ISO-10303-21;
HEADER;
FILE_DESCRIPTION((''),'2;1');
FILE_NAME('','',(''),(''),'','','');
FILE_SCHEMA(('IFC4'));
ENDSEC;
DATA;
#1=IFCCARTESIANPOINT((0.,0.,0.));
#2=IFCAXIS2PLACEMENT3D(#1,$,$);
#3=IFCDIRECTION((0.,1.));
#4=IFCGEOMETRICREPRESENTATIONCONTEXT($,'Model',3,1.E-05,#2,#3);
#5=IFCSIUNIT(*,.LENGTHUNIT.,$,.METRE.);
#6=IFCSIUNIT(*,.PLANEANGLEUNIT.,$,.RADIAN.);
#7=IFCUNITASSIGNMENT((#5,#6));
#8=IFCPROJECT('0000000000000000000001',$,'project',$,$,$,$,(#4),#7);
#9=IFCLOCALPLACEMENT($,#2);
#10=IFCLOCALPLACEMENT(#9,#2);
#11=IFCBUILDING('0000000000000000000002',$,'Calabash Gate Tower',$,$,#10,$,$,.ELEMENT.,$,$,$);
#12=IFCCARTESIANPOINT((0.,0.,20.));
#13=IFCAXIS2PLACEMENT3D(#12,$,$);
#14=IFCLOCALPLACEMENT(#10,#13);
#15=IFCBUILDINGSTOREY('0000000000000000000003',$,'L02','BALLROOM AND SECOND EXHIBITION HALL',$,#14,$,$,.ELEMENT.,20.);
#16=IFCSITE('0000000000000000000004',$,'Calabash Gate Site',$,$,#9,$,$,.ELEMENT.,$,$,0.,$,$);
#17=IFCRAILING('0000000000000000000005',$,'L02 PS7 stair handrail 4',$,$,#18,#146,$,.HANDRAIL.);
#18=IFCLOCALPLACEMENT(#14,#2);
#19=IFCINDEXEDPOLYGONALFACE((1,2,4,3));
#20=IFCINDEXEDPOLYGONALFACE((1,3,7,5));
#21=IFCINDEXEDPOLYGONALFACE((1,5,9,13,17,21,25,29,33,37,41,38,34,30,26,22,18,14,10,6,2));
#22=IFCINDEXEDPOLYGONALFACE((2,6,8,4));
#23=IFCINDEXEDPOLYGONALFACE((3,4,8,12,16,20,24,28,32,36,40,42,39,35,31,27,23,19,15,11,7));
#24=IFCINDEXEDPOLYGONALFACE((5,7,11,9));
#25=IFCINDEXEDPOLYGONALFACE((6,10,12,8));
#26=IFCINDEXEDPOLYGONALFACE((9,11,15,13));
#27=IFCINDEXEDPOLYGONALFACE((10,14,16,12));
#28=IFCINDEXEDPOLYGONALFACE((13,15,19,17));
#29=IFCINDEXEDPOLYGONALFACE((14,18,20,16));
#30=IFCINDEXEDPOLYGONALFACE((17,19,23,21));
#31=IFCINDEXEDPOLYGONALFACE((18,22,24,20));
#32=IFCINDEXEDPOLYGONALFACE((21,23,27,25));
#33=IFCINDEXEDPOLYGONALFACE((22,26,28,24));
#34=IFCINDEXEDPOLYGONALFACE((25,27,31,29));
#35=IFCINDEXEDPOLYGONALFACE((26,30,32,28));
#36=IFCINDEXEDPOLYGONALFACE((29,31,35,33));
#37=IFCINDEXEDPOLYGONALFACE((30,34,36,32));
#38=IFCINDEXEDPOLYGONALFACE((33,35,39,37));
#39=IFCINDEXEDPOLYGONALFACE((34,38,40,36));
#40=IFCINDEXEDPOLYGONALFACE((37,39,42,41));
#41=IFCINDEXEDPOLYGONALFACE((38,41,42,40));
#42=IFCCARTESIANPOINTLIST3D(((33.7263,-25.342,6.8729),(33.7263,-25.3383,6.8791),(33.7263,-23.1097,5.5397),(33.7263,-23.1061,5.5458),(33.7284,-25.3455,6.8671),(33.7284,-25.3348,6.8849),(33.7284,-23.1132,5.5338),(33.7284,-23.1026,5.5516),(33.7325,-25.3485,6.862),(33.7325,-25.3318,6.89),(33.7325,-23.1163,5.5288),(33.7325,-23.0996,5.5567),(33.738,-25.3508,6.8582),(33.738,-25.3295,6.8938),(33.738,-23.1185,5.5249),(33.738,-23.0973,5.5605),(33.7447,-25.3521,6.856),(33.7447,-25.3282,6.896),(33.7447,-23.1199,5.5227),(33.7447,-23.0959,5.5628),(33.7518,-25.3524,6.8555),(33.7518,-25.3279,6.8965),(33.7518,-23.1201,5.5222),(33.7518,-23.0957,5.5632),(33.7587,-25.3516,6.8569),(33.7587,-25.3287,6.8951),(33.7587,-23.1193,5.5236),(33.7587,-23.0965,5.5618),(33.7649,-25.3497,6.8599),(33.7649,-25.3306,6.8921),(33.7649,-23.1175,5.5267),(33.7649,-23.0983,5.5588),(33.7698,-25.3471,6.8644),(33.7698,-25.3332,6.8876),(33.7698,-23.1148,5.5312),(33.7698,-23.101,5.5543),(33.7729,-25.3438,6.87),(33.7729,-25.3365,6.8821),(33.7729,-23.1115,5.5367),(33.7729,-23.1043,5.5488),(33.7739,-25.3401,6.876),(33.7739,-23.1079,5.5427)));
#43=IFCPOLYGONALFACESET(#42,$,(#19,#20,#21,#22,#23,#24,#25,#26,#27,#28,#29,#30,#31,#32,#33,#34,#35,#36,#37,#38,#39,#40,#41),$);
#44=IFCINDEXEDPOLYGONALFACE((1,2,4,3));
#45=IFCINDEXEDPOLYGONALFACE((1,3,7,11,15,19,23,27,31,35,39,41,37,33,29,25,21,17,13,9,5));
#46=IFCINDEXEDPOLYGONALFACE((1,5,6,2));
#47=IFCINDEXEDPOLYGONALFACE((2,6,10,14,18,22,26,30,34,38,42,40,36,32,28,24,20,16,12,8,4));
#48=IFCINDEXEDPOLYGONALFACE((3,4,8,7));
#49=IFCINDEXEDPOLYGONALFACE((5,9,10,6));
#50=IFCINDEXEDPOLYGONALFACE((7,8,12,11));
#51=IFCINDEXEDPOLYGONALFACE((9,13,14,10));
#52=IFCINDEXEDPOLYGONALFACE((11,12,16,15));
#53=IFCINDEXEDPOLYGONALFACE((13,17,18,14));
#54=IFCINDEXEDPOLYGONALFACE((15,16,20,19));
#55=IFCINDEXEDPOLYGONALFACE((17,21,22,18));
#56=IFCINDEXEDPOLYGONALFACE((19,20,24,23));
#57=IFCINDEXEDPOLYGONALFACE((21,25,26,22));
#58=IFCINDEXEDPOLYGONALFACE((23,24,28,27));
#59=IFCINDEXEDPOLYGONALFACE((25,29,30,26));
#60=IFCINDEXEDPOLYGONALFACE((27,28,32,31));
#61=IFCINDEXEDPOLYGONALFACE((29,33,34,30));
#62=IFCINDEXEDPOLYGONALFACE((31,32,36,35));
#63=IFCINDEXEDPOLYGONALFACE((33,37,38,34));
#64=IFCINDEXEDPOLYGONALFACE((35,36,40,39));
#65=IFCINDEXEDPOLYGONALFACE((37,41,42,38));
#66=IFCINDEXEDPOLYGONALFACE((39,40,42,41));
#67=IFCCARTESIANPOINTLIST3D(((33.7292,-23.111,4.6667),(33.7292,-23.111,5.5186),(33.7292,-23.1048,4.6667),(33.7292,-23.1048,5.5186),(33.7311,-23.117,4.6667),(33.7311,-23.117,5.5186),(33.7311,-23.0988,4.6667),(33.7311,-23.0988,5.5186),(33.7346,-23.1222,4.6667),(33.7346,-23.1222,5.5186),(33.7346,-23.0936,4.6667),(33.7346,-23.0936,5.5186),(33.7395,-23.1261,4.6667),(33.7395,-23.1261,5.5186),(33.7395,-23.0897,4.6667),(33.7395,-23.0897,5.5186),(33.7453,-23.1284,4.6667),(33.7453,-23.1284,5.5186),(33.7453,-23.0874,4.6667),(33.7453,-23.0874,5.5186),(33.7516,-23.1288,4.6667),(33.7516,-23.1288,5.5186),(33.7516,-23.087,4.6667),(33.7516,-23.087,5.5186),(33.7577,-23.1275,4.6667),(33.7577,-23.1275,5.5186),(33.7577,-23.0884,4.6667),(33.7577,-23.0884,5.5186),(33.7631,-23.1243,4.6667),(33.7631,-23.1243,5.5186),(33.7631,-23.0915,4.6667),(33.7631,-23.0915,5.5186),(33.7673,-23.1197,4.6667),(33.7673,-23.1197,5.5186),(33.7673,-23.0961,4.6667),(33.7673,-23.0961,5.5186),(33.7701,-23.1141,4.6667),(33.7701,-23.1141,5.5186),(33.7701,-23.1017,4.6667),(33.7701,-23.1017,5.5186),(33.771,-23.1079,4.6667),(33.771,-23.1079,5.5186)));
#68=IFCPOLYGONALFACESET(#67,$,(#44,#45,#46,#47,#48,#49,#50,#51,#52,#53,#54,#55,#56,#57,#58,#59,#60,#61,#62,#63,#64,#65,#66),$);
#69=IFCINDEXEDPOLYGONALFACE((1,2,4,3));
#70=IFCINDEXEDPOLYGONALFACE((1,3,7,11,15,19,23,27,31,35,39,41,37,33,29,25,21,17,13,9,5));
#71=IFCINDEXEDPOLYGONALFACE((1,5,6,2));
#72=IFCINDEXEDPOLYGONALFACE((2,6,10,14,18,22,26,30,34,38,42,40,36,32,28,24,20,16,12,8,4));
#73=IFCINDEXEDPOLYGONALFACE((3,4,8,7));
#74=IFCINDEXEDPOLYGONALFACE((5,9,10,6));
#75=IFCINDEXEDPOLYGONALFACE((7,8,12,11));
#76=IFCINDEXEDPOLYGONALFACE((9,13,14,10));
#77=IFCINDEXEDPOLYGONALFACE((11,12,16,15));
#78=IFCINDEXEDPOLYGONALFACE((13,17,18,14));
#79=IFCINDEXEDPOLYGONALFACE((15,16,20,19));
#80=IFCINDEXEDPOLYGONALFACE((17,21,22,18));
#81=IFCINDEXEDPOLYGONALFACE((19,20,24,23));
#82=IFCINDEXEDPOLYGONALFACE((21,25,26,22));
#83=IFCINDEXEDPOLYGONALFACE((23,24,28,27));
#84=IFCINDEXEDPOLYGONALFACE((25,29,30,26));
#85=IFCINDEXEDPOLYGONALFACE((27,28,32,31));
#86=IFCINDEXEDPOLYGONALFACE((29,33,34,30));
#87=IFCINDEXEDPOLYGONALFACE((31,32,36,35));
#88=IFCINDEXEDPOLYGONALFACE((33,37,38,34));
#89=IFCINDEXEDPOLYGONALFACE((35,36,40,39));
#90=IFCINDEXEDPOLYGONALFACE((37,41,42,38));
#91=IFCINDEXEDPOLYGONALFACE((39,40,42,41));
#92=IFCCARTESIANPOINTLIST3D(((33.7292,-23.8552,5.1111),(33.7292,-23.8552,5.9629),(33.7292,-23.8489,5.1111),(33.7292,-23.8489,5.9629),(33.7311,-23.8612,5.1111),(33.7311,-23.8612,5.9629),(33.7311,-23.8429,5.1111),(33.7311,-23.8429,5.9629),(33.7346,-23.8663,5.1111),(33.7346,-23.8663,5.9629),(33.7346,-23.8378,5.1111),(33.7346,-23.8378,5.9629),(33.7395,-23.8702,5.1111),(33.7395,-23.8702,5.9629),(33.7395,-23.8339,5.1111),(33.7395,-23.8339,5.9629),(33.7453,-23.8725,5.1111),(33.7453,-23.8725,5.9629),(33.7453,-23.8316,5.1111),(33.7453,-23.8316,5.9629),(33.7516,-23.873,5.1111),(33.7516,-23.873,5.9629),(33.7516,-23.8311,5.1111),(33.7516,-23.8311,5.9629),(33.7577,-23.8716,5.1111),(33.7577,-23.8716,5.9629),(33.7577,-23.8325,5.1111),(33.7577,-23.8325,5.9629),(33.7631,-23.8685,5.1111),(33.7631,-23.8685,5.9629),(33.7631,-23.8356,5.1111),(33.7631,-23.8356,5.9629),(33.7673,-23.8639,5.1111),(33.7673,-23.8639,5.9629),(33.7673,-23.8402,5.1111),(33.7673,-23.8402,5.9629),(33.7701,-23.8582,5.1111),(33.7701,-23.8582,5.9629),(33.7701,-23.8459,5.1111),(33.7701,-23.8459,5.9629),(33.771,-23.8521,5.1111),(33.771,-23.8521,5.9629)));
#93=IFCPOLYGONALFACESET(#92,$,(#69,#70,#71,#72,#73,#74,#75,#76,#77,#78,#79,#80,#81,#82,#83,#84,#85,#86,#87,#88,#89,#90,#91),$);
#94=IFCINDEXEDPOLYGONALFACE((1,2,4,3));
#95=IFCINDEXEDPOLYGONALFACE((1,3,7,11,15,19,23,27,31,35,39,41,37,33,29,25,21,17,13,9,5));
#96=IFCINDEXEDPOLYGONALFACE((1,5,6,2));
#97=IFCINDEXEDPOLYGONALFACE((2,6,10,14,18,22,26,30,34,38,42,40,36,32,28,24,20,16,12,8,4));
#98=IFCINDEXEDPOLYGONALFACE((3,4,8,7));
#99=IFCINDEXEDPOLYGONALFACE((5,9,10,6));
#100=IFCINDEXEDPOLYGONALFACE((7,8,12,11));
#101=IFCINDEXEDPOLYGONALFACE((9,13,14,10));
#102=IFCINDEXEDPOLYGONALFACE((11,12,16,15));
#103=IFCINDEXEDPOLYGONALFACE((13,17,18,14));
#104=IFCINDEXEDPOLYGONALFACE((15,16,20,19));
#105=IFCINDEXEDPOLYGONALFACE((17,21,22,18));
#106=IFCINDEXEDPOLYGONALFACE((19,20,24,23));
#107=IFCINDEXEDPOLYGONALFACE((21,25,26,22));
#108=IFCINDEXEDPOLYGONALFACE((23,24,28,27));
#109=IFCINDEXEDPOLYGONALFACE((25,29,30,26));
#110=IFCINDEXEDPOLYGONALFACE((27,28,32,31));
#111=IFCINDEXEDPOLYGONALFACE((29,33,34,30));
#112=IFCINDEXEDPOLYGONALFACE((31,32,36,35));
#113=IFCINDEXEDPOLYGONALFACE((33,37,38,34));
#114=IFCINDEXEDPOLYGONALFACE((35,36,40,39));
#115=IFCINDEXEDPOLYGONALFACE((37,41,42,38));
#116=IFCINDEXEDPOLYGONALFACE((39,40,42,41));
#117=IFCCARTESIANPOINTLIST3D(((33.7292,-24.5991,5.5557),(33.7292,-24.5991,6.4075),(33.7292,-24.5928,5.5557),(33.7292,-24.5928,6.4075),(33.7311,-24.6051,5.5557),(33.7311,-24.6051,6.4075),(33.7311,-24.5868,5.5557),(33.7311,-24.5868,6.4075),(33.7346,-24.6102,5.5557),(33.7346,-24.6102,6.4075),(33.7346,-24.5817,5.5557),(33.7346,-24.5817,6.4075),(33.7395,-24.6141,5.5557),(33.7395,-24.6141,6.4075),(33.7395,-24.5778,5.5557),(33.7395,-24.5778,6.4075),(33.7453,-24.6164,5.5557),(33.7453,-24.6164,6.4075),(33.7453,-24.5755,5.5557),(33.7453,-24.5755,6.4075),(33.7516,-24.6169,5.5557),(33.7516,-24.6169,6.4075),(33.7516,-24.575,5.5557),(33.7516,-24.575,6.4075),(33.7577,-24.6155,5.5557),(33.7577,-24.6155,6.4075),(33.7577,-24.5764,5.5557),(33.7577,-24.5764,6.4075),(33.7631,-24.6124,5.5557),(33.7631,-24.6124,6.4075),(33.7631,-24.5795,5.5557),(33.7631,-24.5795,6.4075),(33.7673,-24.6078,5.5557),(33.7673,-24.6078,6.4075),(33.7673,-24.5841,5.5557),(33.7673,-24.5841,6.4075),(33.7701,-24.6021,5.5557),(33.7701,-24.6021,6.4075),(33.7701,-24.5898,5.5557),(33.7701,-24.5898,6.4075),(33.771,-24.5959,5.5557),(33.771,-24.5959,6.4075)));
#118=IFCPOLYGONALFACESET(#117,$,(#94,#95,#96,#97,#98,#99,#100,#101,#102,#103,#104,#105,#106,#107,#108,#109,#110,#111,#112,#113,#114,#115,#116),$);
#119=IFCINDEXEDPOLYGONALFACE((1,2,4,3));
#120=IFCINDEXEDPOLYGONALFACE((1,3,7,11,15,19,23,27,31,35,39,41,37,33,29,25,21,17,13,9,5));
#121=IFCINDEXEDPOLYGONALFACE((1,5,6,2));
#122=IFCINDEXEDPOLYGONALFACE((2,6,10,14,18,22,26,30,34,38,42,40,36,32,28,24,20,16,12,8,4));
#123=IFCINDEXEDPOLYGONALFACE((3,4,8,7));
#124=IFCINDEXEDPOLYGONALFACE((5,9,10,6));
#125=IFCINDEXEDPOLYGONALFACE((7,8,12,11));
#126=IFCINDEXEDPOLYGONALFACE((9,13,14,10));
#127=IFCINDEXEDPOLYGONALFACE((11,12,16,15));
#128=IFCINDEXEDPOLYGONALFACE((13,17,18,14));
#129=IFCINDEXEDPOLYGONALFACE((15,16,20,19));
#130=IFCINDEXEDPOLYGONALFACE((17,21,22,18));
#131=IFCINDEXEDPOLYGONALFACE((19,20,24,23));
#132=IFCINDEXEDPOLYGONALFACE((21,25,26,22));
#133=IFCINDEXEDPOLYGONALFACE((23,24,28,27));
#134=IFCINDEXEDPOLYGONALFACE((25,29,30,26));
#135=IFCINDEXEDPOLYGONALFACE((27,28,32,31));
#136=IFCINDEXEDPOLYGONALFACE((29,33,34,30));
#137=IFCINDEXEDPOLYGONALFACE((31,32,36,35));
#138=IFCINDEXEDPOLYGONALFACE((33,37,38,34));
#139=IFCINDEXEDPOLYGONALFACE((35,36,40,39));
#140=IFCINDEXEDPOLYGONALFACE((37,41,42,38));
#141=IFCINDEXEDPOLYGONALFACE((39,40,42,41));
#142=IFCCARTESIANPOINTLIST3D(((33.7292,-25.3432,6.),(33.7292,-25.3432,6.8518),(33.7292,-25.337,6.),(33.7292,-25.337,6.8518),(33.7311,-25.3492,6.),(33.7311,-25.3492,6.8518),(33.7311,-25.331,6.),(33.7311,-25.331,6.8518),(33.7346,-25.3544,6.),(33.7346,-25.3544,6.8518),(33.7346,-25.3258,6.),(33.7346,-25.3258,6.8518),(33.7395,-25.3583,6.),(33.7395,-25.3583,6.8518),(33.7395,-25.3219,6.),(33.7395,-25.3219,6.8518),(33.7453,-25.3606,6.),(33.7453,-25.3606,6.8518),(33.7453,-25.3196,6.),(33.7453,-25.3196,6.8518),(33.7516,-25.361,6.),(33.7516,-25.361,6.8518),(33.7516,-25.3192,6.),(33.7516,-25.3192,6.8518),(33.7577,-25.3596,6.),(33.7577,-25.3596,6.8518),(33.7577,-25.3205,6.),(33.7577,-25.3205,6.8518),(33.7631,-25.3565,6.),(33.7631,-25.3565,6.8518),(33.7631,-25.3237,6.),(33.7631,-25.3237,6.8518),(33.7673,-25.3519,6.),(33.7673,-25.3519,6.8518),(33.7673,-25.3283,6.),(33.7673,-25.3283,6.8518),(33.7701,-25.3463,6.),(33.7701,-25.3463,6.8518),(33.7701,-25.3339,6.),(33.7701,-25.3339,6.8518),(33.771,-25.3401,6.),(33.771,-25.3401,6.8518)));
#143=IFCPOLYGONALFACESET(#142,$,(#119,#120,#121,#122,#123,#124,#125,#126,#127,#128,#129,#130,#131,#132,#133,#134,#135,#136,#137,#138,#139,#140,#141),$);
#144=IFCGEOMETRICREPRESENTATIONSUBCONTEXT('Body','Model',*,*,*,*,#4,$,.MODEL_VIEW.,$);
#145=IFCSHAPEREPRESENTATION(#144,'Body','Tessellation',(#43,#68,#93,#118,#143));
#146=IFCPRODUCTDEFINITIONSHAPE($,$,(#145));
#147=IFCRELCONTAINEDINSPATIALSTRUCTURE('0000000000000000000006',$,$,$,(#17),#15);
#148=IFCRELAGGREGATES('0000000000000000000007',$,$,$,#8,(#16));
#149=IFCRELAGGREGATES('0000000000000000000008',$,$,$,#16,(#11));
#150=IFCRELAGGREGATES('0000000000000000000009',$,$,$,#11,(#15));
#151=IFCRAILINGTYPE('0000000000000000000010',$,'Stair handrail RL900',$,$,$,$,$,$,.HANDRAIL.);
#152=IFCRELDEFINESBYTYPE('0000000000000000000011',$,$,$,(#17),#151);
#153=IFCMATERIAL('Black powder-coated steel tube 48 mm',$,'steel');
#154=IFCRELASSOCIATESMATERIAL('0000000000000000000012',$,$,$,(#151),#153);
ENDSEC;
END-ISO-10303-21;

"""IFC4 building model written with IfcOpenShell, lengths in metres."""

from ifc_helpers import new_model, si_unit, direction, frame, origin, origin_2d, place, context, subcontext, project, spatial, circle, extrude, material, type_object, element, save


model = new_model("IFC4")

# Units and contexts
model_context = context("Model", 3, precision=1e-05, world=origin(), true_north=direction((0.0, 1.0)))
body_context = subcontext(model_context, "Body", "Model", "MODEL_VIEW")
ifc_project = project(units=[si_unit("LENGTHUNIT", "METRE"), si_unit("PLANEANGLEUNIT", "RADIAN")], contexts=[model_context])

# Site, building, storey
site_placement = place(None, origin())
site = spatial("IfcSite", under=ifc_project, at=site_placement, Name="Calabash Gate Site", CompositionType="ELEMENT", RefElevation=0.0)
building_placement = place(site_placement, origin())
building = spatial("IfcBuilding", under=site, at=building_placement, Name="Calabash Gate Tower", CompositionType="ELEMENT")
storey_placement = place(building_placement, frame((0.0, 0.0, 20.0)))
storey = spatial("IfcBuildingStorey", under=building, at=storey_placement, Name="L02", Description="BALLROOM AND SECOND EXHIBITION HALL", CompositionType="ELEMENT", Elevation=20.0)

# Railing
ifc_material_1 = material(Name="Black powder-coated steel tube 48 mm", Category="steel")
railing_type_1 = type_object("IfcRailingType", Name="Stair handrail RL900", PredefinedType="HANDRAIL", material=ifc_material_1)
for number, where, name in (
    (1, (33.75, -23.1079, 4.6667), "L02 PS7 stair handrail 4"),
):
    element("IfcRailing", number, at=place(storey_placement, frame(where)), inside=storey, type_object=railing_type_1, Name=name, PredefinedType="HANDRAIL", context=body_context, shape_type="SweptSolid", body=[
        extrude(circle(Radius=0.0239, at=origin_2d()), frame((0.0, 0.0, 0.876), z_axis=(0.0, -0.858519, 0.512782), x_axis=(1.0, 0.0, 0.0)), (0.0, 0.0, 1.0), 2.6001),
        extrude(circle(Radius=0.021, at=origin_2d()), origin(), (0.0, 0.0, 1.0), 0.8518),
        extrude(circle(Radius=0.021, at=origin_2d()), frame((0.0, -0.7441, 0.4443)), (0.0, 0.0, 1.0), 0.8518),
        extrude(circle(Radius=0.021, at=origin_2d()), frame((0.0, -1.488, 0.8889)), (0.0, 0.0, 1.0), 0.8518),
        extrude(circle(Radius=0.021, at=origin_2d()), frame((0.0, -2.2322, 1.3333)), (0.0, 0.0, 1.0), 0.8518),
    ])

save(model, "model.ifc")
